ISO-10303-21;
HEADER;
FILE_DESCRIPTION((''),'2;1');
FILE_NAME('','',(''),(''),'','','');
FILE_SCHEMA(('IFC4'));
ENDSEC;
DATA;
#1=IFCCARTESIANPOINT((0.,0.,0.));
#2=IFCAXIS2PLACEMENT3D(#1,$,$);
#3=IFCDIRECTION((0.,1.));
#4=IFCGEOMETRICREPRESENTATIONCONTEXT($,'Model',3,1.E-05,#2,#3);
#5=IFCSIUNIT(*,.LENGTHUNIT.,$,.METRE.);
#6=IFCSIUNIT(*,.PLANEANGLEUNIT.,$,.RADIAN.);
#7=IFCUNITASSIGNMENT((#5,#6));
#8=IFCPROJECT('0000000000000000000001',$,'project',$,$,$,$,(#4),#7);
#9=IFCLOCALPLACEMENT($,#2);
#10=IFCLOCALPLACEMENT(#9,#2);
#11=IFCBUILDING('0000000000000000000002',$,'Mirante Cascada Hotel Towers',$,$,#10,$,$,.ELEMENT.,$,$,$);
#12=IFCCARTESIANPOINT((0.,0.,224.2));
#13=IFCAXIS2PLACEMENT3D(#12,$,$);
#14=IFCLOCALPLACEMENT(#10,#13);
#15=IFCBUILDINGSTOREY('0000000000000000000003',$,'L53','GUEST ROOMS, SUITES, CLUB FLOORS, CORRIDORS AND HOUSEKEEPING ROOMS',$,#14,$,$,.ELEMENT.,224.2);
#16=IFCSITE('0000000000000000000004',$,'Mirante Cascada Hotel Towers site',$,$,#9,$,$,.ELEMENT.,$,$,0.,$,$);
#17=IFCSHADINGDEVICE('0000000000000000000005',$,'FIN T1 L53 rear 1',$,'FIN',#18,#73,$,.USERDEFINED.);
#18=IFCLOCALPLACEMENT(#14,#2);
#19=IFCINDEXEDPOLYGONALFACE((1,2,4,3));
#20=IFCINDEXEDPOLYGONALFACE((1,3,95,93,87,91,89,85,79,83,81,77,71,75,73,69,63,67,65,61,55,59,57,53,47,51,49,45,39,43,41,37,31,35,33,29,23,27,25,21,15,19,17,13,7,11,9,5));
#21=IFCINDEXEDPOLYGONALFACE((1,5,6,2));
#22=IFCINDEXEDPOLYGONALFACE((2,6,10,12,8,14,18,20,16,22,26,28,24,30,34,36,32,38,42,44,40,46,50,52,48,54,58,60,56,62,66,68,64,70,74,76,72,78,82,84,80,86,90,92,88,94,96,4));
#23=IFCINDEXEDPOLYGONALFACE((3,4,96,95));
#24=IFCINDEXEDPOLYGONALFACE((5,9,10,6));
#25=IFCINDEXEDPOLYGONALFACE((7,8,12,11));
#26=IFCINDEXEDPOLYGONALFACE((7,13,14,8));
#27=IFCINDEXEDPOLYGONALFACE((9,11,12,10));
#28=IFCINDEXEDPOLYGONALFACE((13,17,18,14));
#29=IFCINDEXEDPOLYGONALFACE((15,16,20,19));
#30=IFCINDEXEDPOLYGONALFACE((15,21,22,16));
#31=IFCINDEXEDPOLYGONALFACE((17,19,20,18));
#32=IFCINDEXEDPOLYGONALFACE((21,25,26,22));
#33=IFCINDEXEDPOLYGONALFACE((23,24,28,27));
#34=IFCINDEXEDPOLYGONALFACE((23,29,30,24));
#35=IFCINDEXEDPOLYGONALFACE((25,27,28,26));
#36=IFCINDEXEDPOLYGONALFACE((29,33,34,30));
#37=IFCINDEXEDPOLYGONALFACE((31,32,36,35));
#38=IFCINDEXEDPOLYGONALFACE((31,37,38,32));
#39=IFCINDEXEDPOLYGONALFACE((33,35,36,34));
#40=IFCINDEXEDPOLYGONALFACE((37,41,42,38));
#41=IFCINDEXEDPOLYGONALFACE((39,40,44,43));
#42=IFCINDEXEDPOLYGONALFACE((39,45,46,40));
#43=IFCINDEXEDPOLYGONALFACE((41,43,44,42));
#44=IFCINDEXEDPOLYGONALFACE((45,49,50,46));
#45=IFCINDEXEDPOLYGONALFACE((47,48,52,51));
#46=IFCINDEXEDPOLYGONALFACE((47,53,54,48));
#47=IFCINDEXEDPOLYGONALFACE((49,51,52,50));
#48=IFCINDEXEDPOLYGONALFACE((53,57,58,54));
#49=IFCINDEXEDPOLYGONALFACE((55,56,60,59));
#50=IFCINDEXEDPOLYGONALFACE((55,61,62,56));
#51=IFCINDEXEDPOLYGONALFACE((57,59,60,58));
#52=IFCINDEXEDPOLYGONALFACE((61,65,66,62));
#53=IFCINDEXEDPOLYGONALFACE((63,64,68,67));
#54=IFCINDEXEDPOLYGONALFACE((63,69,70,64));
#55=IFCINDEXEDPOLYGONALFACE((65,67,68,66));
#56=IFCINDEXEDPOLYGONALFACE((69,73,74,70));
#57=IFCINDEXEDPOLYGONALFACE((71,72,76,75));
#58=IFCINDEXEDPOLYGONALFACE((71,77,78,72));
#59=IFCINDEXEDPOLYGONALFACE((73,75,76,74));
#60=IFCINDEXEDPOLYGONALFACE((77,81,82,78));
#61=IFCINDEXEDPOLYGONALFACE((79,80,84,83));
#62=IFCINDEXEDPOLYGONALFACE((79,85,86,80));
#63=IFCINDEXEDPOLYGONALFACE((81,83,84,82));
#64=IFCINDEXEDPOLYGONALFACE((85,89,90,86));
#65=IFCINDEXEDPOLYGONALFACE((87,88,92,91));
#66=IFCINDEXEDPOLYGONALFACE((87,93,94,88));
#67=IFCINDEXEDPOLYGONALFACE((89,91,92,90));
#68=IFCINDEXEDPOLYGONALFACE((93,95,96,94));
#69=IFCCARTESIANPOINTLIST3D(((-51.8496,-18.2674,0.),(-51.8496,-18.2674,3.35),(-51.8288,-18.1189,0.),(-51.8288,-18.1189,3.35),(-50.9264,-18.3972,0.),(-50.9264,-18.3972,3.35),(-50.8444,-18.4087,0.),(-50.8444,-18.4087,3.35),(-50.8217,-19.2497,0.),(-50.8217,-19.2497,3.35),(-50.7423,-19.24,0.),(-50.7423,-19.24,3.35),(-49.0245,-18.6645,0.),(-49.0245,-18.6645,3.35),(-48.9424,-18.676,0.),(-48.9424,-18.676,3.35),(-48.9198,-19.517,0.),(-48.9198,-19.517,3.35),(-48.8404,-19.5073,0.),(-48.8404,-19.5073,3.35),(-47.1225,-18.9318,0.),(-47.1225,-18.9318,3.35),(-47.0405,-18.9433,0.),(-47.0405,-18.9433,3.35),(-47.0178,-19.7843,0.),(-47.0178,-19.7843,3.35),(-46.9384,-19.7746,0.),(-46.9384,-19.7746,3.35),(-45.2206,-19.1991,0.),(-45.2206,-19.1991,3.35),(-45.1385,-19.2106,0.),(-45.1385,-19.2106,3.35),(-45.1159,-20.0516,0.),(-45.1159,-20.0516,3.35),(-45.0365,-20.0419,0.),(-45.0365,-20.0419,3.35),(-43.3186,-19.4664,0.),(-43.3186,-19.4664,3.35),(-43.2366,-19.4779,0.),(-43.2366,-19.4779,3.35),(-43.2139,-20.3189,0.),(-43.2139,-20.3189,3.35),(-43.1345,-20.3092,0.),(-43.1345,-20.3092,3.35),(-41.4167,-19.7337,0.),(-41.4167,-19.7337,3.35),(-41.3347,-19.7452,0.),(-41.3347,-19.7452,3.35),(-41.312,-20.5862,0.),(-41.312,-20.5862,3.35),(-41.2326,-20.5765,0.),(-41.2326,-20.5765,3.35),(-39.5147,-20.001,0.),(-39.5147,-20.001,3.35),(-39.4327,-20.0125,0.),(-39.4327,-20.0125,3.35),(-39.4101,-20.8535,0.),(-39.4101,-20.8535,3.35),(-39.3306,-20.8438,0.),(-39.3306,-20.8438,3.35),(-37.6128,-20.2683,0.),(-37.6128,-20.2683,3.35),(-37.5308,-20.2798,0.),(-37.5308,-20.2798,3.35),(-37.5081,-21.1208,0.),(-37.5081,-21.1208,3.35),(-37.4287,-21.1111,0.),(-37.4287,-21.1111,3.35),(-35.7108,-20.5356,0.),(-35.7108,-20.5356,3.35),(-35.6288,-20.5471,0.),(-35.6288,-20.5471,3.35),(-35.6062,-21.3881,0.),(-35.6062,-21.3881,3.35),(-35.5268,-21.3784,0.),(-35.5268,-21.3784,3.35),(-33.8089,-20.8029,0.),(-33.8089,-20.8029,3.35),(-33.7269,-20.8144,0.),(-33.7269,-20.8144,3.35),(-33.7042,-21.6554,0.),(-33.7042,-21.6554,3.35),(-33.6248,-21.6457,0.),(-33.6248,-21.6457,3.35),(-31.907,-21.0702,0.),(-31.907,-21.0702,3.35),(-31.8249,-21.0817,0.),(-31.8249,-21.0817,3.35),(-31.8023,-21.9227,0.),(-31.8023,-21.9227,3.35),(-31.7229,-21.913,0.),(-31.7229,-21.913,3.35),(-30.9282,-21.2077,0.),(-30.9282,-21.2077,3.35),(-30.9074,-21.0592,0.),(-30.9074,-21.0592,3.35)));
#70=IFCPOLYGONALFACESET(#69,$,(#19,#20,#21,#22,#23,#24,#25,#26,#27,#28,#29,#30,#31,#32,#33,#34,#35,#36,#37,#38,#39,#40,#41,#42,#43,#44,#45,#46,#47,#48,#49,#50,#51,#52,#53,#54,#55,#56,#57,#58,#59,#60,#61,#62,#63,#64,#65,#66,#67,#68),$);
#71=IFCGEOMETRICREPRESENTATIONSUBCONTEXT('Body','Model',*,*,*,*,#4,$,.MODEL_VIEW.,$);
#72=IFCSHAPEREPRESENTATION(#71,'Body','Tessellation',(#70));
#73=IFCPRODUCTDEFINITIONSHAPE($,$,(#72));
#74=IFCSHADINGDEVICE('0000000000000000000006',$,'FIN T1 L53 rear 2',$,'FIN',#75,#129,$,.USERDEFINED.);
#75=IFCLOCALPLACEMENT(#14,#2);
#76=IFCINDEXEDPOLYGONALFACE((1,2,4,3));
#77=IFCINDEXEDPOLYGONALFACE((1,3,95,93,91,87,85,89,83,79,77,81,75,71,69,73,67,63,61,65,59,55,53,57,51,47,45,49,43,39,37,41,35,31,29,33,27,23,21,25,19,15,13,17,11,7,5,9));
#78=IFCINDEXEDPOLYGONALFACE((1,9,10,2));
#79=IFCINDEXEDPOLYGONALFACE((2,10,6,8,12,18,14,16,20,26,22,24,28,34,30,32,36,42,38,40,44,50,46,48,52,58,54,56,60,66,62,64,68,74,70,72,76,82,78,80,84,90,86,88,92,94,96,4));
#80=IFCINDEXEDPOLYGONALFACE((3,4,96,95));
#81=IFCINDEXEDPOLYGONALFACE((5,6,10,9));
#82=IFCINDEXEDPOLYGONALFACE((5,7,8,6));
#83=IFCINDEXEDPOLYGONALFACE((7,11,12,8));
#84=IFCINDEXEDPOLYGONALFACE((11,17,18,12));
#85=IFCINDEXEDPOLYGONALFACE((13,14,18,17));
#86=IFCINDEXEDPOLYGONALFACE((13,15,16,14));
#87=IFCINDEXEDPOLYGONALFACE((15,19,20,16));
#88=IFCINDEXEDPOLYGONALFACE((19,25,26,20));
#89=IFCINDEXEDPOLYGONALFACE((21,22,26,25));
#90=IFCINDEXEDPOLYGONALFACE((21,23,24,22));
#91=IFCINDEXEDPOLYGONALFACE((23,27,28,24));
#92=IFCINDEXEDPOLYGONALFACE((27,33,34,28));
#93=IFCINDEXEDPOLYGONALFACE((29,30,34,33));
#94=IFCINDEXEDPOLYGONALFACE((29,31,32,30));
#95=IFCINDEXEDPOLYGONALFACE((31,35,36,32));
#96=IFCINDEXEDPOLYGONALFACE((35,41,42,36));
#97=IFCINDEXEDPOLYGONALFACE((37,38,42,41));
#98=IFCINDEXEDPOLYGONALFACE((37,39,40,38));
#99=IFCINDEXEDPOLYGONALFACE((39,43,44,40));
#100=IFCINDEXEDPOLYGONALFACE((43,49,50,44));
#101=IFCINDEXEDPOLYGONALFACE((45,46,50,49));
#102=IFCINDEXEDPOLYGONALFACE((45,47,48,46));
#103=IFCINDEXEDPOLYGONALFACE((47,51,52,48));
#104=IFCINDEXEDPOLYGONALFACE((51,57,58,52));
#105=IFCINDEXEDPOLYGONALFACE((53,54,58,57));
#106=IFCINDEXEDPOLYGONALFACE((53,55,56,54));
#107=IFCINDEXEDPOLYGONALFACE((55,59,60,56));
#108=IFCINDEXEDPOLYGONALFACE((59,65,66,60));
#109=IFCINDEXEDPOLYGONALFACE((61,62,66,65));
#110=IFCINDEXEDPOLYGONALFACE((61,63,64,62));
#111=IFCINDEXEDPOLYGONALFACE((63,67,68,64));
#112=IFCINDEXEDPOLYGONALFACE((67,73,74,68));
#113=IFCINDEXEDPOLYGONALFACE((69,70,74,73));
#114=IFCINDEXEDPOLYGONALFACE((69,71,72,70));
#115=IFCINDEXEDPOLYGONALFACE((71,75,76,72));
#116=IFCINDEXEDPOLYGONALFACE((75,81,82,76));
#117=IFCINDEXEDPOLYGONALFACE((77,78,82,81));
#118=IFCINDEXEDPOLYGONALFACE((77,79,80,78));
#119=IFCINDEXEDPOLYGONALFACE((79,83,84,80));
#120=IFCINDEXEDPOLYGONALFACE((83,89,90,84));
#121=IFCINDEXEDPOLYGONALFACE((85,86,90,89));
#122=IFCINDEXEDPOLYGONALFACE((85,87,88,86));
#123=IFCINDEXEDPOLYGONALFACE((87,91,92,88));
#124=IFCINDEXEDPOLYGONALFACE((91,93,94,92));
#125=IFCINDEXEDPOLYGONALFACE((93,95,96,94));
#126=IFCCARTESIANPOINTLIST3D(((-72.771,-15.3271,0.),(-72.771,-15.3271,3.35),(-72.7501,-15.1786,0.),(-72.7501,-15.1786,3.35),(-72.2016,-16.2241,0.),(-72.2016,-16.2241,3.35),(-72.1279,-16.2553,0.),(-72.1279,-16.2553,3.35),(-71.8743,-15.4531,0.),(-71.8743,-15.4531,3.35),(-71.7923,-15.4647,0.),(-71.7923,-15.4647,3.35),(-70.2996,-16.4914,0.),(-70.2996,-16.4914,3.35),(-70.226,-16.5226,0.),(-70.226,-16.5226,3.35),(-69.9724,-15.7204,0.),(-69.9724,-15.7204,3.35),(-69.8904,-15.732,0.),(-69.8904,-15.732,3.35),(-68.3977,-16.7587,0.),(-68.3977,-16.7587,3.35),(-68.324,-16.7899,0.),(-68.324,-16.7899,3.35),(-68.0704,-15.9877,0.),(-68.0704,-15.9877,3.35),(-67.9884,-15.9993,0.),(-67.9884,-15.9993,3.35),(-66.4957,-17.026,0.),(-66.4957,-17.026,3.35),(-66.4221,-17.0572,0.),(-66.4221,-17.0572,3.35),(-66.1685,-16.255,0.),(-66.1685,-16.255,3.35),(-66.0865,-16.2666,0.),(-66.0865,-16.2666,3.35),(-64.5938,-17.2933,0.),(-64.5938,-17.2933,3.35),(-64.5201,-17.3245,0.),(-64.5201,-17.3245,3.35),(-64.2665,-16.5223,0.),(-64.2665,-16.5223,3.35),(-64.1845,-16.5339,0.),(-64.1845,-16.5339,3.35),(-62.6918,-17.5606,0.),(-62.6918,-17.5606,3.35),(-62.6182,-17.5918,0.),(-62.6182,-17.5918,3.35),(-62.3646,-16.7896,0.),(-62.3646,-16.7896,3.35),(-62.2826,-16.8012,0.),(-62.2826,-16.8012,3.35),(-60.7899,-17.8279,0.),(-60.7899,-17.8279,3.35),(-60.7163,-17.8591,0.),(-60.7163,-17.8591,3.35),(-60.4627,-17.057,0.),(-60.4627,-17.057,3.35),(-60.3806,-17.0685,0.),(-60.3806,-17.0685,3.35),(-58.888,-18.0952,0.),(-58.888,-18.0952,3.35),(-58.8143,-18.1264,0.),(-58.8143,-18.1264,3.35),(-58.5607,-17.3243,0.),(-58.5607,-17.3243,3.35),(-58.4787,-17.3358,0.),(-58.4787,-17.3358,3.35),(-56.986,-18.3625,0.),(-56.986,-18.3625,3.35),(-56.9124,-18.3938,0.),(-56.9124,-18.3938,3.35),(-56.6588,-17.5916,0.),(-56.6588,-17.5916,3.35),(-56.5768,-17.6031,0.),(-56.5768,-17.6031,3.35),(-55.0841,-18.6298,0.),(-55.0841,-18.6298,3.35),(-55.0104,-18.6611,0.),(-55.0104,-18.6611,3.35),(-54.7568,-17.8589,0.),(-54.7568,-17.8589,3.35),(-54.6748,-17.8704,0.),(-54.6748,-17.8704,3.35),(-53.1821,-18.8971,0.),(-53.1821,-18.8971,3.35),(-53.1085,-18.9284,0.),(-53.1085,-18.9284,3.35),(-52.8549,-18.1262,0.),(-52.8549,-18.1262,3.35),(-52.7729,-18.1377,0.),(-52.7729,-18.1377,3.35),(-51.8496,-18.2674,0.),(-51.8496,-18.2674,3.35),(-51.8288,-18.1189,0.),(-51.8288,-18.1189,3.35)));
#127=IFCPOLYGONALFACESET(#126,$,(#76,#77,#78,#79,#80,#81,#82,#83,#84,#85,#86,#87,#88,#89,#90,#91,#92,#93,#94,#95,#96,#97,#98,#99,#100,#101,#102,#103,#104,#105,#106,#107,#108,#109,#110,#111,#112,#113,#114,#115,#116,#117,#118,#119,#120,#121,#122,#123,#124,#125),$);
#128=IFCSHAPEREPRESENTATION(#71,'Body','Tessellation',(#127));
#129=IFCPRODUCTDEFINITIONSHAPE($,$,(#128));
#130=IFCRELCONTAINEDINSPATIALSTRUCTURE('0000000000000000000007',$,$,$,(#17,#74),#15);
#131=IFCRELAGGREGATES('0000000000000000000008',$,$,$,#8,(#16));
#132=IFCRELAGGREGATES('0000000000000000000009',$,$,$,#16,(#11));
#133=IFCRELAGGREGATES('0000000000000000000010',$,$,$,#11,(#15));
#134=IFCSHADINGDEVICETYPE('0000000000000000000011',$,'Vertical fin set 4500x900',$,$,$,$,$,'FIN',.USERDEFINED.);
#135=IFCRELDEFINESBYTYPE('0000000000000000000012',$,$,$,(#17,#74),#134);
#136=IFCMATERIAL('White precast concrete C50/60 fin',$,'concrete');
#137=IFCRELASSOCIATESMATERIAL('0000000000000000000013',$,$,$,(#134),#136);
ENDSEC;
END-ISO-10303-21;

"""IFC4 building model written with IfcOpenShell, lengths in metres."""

from ifc_helpers import new_model, si_unit, direction, frame, origin, place, context, subcontext, project, spatial, polyline, outline, extrude, material, type_object, element, save


model = new_model("IFC4")

# Units and contexts
model_context = context("Model", 3, precision=1e-05, world=origin(), true_north=direction((0.0, 1.0)))
body_context = subcontext(model_context, "Body", "Model", "MODEL_VIEW")
ifc_project = project(units=[si_unit("LENGTHUNIT", "METRE"), si_unit("PLANEANGLEUNIT", "RADIAN")], contexts=[model_context])

# Site, building, storey
site_placement = place(None, origin())
site = spatial("IfcSite", under=ifc_project, at=site_placement, Name="Mirante Cascada Hotel Towers site", CompositionType="ELEMENT", RefElevation=0.0)
building_placement = place(site_placement, origin())
building = spatial("IfcBuilding", under=site, at=building_placement, Name="Mirante Cascada Hotel Towers", CompositionType="ELEMENT")
storey_placement = place(building_placement, frame((0.0, 0.0, 224.2)))
storey = spatial("IfcBuildingStorey", under=building, at=storey_placement, Name="L53", Description="GUEST ROOMS, SUITES, CLUB FLOORS, CORRIDORS AND HOUSEKEEPING ROOMS", CompositionType="ELEMENT", Elevation=224.2)

# Shading devices
ifc_material_1 = material(Name="White precast concrete C50/60 fin", Category="concrete")
shading_device_type = type_object("IfcShadingDeviceType", Name="Vertical fin set 4500x900", ElementType="FIN", PredefinedType="USERDEFINED", material=ifc_material_1)
shading_device_1_placement = place(storey_placement, origin())
element("IfcShadingDevice", 1, at=shading_device_1_placement, inside=storey, type_object=shading_device_type, Name="FIN T1 L53 rear 1", ObjectType="FIN", PredefinedType="USERDEFINED", context=body_context, shape_type="SweptSolid", body=[
    extrude(outline(polyline([(-43.3186, -19.4664), (-45.1385, -19.2106), (-45.0365, -20.0419), (-45.1159, -20.0516), (-45.2206, -19.1991), (-47.0405, -18.9433), (-46.9384, -19.7746), (-47.0178, -19.7843), (-47.1225, -18.9318), (-48.9424, -18.676), (-48.8404, -19.5073), (-48.9198, -19.517), (-49.0245, -18.6645), (-50.8444, -18.4087), (-50.7423, -19.24), (-50.8217, -19.2497), (-50.9264, -18.3972), (-51.8496, -18.2674), (-51.8288, -18.1189), (-30.9074, -21.0592), (-30.9282, -21.2077), (-31.8249, -21.0817), (-31.7229, -21.913), (-31.8023, -21.9227), (-31.907, -21.0702), (-33.7269, -20.8144), (-33.6248, -21.6457), (-33.7042, -21.6554), (-33.8089, -20.8029), (-35.6288, -20.5471), (-35.5268, -21.3784), (-35.6062, -21.3881), (-35.7108, -20.5356), (-37.5308, -20.2798), (-37.4287, -21.1111), (-37.5081, -21.1208), (-37.6128, -20.2683), (-39.4327, -20.0125), (-39.3306, -20.8438), (-39.4101, -20.8535), (-39.5147, -20.001), (-41.3347, -19.7452), (-41.2326, -20.5765), (-41.312, -20.5862), (-41.4167, -19.7337), (-43.2366, -19.4779), (-43.1345, -20.3092), (-43.2139, -20.3189), (-43.3186, -19.4664)])), origin(), (0.0, 0.0, 1.0), 3.35),
])
shading_device_2_placement = place(storey_placement, origin())
element("IfcShadingDevice", 2, at=shading_device_2_placement, inside=storey, type_object=shading_device_type, Name="FIN T1 L53 rear 2", ObjectType="FIN", PredefinedType="USERDEFINED", context=body_context, shape_type="SweptSolid", body=[
    extrude(outline(polyline([(-62.3646, -16.7896), (-64.1845, -16.5339), (-64.5201, -17.3245), (-64.5938, -17.2933), (-64.2665, -16.5223), (-66.0865, -16.2666), (-66.4221, -17.0572), (-66.4957, -17.026), (-66.1685, -16.255), (-67.9884, -15.9993), (-68.324, -16.7899), (-68.3977, -16.7587), (-68.0704, -15.9877), (-69.8904, -15.732), (-70.226, -16.5226), (-70.2996, -16.4914), (-69.9724, -15.7204), (-71.7923, -15.4647), (-72.1279, -16.2553), (-72.2016, -16.2241), (-71.8743, -15.4531), (-72.771, -15.3271), (-72.7501, -15.1786), (-51.8288, -18.1189), (-51.8496, -18.2674), (-52.7729, -18.1377), (-53.1085, -18.9284), (-53.1821, -18.8971), (-52.8549, -18.1262), (-54.6748, -17.8704), (-55.0104, -18.6611), (-55.0841, -18.6298), (-54.7568, -17.8589), (-56.5768, -17.6031), (-56.9124, -18.3938), (-56.986, -18.3625), (-56.6588, -17.5916), (-58.4787, -17.3358), (-58.8143, -18.1264), (-58.888, -18.0952), (-58.5607, -17.3243), (-60.3806, -17.0685), (-60.7163, -17.8591), (-60.7899, -17.8279), (-60.4627, -17.057), (-62.2826, -16.8012), (-62.6182, -17.5918), (-62.6918, -17.5606), (-62.3646, -16.7896)])), origin(), (0.0, 0.0, 1.0), 3.35),
])

save(model, "model.ifc")
